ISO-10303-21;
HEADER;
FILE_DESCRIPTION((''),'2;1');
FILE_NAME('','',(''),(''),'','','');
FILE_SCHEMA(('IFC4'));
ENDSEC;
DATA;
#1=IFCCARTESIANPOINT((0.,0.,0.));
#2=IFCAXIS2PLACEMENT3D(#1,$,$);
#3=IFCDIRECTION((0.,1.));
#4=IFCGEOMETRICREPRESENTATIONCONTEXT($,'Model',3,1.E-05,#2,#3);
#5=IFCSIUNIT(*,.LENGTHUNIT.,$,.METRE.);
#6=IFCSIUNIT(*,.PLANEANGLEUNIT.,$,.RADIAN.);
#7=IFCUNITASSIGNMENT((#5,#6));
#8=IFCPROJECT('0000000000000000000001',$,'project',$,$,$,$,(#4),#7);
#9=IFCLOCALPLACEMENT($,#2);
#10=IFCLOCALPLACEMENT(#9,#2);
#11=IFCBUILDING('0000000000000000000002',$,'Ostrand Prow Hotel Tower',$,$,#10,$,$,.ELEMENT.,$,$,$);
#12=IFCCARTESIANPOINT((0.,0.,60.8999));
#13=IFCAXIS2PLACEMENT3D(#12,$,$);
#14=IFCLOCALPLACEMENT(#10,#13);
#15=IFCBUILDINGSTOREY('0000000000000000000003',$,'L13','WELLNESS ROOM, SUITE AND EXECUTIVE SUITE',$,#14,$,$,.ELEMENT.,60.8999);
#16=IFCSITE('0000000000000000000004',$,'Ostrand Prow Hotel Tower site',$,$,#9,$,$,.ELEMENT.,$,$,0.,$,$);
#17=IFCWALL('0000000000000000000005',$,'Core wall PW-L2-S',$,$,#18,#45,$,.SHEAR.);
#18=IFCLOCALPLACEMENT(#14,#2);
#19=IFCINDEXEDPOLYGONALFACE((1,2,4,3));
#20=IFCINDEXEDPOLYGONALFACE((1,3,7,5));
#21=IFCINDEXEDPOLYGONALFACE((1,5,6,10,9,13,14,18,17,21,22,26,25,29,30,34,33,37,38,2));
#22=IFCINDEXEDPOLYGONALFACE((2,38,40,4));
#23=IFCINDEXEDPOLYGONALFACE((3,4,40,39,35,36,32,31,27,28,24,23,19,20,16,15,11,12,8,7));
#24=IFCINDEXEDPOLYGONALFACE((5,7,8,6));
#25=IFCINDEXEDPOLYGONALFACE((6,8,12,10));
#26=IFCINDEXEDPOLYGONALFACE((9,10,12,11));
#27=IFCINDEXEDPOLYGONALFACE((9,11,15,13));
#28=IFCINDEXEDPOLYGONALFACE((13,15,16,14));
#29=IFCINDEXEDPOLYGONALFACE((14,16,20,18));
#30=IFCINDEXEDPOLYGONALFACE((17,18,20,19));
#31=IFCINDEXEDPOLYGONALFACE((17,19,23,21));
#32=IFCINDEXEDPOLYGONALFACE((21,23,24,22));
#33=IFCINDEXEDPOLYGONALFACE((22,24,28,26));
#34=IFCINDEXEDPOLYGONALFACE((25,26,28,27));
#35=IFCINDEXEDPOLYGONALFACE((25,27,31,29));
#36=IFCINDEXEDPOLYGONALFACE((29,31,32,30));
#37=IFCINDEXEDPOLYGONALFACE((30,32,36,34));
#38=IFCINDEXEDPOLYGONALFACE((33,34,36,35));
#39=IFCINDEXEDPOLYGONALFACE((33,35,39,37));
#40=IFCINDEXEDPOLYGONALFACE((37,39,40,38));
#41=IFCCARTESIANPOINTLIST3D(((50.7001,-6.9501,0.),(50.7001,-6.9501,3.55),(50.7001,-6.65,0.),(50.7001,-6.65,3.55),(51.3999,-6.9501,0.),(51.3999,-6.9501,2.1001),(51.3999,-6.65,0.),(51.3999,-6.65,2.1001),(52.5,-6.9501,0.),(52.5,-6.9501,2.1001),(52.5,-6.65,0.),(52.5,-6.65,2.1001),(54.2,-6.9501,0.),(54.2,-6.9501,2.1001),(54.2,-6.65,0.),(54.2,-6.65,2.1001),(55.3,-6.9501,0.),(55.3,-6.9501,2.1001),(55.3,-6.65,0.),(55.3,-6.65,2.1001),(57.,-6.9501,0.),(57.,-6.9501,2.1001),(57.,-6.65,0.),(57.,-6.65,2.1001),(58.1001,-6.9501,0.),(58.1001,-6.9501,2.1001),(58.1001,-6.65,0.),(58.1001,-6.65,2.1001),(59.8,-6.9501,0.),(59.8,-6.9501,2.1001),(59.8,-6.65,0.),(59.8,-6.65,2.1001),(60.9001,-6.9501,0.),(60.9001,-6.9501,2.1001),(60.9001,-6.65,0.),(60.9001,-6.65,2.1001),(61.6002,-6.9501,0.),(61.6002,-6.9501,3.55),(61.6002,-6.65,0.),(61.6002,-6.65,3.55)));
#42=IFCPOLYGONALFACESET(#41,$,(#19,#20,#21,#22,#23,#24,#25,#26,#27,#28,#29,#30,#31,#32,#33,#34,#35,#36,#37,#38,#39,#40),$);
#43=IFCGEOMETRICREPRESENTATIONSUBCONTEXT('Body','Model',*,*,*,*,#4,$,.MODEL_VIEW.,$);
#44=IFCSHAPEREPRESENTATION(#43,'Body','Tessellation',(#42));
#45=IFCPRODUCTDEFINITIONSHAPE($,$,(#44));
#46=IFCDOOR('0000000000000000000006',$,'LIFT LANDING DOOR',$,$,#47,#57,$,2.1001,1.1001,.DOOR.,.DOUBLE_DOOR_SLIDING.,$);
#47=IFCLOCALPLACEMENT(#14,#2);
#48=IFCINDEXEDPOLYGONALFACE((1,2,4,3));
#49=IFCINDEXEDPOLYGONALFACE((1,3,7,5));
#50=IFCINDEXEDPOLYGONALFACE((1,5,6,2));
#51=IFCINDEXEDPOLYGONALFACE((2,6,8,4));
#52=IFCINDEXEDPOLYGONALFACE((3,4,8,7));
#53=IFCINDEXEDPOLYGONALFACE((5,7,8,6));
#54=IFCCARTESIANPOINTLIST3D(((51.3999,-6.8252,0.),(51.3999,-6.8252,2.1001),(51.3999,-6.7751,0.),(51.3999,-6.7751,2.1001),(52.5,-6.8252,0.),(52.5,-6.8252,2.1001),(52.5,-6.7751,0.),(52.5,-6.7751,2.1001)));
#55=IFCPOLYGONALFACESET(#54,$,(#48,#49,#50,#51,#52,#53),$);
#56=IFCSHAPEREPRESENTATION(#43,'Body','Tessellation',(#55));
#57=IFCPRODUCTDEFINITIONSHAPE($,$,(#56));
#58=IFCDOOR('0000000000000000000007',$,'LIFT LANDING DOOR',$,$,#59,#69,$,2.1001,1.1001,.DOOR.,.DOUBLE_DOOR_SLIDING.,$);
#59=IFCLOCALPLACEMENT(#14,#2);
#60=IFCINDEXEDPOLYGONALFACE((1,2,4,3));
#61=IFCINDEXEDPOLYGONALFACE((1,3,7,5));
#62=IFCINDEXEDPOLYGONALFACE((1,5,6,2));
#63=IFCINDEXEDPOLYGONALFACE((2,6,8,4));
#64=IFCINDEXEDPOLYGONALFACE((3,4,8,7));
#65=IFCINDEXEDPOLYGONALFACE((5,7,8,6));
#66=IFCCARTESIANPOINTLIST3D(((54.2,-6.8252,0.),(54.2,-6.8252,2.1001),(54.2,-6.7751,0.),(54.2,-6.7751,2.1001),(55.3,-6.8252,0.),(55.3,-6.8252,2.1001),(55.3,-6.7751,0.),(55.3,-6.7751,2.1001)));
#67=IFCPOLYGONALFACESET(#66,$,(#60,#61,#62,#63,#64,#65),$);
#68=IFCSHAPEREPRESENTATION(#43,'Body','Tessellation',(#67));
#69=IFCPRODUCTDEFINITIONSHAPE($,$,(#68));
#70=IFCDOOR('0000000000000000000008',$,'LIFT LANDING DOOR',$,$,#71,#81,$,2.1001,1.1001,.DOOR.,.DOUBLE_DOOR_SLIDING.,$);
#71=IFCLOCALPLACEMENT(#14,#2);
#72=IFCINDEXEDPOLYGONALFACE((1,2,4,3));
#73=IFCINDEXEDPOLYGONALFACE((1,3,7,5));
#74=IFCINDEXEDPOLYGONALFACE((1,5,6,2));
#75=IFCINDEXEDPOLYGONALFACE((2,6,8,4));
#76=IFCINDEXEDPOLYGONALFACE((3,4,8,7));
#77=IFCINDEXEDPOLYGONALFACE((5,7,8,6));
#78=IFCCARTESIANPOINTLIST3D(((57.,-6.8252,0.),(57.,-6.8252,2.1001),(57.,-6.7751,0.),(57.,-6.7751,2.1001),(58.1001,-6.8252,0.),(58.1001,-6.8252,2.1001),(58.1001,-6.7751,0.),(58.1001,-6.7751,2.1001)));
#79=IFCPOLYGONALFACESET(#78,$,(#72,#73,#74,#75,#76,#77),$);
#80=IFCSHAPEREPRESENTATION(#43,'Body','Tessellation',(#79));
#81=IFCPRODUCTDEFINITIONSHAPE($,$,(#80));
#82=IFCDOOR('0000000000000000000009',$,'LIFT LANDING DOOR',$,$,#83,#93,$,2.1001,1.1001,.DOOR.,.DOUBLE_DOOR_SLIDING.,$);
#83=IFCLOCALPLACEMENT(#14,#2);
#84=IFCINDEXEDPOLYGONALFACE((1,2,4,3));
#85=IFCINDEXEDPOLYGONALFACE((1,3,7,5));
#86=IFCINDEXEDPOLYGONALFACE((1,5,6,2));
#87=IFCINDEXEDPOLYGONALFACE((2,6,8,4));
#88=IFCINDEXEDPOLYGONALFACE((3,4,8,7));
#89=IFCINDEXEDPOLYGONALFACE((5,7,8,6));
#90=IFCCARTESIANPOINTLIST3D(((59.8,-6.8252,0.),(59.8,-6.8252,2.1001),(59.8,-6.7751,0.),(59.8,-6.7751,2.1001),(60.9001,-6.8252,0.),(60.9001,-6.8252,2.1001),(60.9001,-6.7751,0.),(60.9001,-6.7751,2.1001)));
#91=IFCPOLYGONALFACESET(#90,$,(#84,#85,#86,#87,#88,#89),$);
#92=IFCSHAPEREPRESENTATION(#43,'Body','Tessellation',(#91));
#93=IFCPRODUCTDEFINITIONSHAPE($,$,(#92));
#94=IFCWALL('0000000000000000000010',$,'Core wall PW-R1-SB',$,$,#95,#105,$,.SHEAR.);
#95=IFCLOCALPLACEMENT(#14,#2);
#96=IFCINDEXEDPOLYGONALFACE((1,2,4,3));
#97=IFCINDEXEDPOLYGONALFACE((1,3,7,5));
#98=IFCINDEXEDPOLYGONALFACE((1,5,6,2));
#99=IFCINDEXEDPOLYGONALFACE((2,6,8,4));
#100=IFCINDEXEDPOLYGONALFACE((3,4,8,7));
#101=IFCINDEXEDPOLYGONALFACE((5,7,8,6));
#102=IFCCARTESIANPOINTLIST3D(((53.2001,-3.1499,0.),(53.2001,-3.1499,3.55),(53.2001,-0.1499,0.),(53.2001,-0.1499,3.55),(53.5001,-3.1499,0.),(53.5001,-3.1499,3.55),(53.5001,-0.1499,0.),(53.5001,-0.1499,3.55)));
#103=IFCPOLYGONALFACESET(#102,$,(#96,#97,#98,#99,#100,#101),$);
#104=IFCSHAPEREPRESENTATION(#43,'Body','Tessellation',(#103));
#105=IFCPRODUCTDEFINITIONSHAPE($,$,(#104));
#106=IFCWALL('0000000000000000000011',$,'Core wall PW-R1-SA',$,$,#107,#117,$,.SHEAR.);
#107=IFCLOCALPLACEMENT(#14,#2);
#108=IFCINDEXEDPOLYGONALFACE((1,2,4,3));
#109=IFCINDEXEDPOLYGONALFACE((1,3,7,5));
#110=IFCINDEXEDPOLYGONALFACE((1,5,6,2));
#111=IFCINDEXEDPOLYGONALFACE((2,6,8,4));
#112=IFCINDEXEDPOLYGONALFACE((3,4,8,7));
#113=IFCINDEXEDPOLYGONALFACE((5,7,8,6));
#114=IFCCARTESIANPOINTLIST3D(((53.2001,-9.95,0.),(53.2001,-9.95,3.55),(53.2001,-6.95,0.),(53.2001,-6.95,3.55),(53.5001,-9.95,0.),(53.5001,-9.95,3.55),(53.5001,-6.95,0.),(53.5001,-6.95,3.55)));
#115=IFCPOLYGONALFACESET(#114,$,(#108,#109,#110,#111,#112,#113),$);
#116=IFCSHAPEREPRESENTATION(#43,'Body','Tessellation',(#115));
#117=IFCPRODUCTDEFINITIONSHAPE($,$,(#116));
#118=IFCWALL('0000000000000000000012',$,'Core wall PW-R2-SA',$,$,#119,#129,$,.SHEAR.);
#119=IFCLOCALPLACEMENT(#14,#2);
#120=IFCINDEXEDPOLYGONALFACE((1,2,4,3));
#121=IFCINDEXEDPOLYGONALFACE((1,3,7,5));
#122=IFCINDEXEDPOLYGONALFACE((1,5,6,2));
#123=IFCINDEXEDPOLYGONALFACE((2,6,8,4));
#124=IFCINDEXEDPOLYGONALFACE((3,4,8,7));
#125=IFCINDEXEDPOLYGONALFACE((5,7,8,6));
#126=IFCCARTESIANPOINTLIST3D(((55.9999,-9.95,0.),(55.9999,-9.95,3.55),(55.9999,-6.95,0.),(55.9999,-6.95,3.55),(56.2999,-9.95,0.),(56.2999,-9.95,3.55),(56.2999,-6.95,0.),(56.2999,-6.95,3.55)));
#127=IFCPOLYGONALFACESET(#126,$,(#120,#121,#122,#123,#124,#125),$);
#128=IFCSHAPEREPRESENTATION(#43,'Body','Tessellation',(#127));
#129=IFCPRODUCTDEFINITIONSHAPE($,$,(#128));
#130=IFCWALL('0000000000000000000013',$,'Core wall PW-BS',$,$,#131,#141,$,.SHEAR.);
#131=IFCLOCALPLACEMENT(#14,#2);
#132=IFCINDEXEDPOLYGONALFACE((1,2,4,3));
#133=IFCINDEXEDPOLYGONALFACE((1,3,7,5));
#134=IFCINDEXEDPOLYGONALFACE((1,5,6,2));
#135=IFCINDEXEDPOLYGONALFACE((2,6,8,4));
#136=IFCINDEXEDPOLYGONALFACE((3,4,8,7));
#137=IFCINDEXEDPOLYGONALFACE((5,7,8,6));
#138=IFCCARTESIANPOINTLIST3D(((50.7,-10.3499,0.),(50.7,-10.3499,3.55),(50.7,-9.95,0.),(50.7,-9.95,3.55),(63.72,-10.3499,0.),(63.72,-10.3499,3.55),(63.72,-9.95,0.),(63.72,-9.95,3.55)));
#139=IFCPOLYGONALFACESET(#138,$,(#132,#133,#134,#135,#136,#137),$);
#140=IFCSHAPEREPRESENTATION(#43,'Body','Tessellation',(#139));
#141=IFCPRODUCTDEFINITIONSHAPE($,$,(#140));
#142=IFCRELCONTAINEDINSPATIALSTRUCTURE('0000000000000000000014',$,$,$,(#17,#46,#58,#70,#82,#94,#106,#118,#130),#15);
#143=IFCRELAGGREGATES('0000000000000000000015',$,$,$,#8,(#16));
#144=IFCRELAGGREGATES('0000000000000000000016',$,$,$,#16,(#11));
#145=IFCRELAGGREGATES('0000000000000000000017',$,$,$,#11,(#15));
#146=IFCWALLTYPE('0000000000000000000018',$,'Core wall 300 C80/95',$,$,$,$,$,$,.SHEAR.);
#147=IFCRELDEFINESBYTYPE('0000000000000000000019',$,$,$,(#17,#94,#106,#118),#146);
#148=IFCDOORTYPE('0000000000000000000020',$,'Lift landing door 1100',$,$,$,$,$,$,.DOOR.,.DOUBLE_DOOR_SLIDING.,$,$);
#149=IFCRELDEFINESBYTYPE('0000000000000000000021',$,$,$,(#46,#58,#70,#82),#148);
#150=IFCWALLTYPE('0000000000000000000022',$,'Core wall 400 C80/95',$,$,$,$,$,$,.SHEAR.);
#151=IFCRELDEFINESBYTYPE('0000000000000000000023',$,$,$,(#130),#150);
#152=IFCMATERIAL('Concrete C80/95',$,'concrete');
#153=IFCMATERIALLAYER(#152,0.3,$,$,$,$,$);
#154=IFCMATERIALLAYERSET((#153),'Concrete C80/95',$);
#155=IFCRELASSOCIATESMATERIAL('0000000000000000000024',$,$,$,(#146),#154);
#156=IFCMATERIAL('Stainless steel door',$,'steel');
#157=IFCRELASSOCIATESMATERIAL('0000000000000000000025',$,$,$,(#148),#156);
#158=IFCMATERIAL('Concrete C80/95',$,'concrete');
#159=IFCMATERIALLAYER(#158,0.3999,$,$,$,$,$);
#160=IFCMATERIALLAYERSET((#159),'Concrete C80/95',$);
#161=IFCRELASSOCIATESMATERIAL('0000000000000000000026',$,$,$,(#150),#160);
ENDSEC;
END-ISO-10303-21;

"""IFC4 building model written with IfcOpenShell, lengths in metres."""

from ifc_helpers import new_model, si_unit, direction, frame, frame_2d, origin, place, context, subcontext, project, spatial, rectangle, extrude, material, layer, layer_set, type_object, element, fill, save


model = new_model("IFC4")

# Units and contexts
model_context = context("Model", 3, precision=1e-05, world=origin(), true_north=direction((0.0, 1.0)))
body_context = subcontext(model_context, "Body", "Model", "MODEL_VIEW")
ifc_project = project(units=[si_unit("LENGTHUNIT", "METRE"), si_unit("PLANEANGLEUNIT", "RADIAN")], contexts=[model_context])

# Site, building, storey
site_placement = place(None, origin())
site = spatial("IfcSite", under=ifc_project, at=site_placement, Name="Ostrand Prow Hotel Tower site", CompositionType="ELEMENT", RefElevation=0.0)
building_placement = place(site_placement, origin())
building = spatial("IfcBuilding", under=site, at=building_placement, Name="Ostrand Prow Hotel Tower", CompositionType="ELEMENT")
storey_placement = place(building_placement, frame((0.0, 0.0, 60.8999)))
storey = spatial("IfcBuildingStorey", under=building, at=storey_placement, Name="L13", Description="WELLNESS ROOM, SUITE AND EXECUTIVE SUITE", CompositionType="ELEMENT", Elevation=60.8999)

# Shared definitions
ifc_material_1 = material(Name="Concrete C80/95", Category="concrete")
ifc_layer_1 = layer(ifc_material_1, 0.3)
ifc_layer_set_1 = layer_set([ifc_layer_1], Name="Concrete C80/95")
wall_type_1 = type_object("IfcWallType", Name="Core wall 300 C80/95", PredefinedType="SHEAR", material=ifc_layer_set_1)

# Wall, openings, doors
wall_1_placement = place(storey_placement, frame((50.7, -6.8, 0.0), z_axis=(0.0, 0.0, 1.0), x_axis=(1.0, 0.0, 0.0)))
wall_1 = element("IfcWall", 1, at=wall_1_placement, inside=storey, type_object=wall_type_1, Name="Core wall PW-L2-S", PredefinedType="SHEAR", context=body_context, shape_type="SweptSolid", body=[
    extrude(rectangle(XDim=10.9001, YDim=0.3, at=frame_2d((5.4502, 0.0))), origin(), (0.0, 0.0, 1.0), 3.55),
])
opening_1_placement = place(wall_1_placement, frame((0.7, 0.0, 0.0)))
opening_1 = element("IfcOpeningElement", 2, at=opening_1_placement, cuts=wall_1, PredefinedType="OPENING", context=body_context, shape_type="SweptSolid", body=[
    extrude(rectangle(XDim=1.1001, YDim=2.1001, at=frame_2d((0.55, 1.05))), frame((0.0, 0.1599, 0.0), z_axis=(0.0, -1.0, 0.0), x_axis=(1.0, 0.0, 0.0)), (0.0, 0.0, 1.0), 0.3201),
])
opening_2_placement = place(wall_1_placement, frame((3.5, 0.0, 0.0)))
opening_2 = element("IfcOpeningElement", 3, at=opening_2_placement, cuts=wall_1, PredefinedType="OPENING", context=body_context, shape_type="SweptSolid", body=[
    extrude(rectangle(XDim=1.1001, YDim=2.1001, at=frame_2d((0.55, 1.05))), frame((0.0, 0.1599, 0.0), z_axis=(0.0, -1.0, 0.0), x_axis=(1.0, 0.0, 0.0)), (0.0, 0.0, 1.0), 0.3201),
])
opening_3_placement = place(wall_1_placement, frame((6.3, 0.0, 0.0)))
opening_3 = element("IfcOpeningElement", 4, at=opening_3_placement, cuts=wall_1, PredefinedType="OPENING", context=body_context, shape_type="SweptSolid", body=[
    extrude(rectangle(XDim=1.1001, YDim=2.1001, at=frame_2d((0.55, 1.05))), frame((0.0, 0.1599, 0.0), z_axis=(0.0, -1.0, 0.0), x_axis=(1.0, 0.0, 0.0)), (0.0, 0.0, 1.0), 0.3201),
])
opening_4_placement = place(wall_1_placement, frame((9.1001, 0.0, 0.0)))
opening_4 = element("IfcOpeningElement", 5, at=opening_4_placement, cuts=wall_1, PredefinedType="OPENING", context=body_context, shape_type="SweptSolid", body=[
    extrude(rectangle(XDim=1.1001, YDim=2.1001, at=frame_2d((0.55, 1.05))), frame((0.0, 0.1599, 0.0), z_axis=(0.0, -1.0, 0.0), x_axis=(1.0, 0.0, 0.0)), (0.0, 0.0, 1.0), 0.3201),
])
ifc_material_2 = material(Name="Stainless steel door", Category="steel")
door_type_1 = type_object("IfcDoorType", Name="Lift landing door 1100", OperationType="DOUBLE_DOOR_SLIDING", PredefinedType="DOOR", material=ifc_material_2)
door_1_placement = place(opening_1_placement, origin())
door_1 = element("IfcDoor", 6, at=door_1_placement, inside=storey, type_object=door_type_1, Name="LIFT LANDING DOOR", OperationType="DOUBLE_DOOR_SLIDING", OverallHeight=2.1001, OverallWidth=1.1001, PredefinedType="DOOR", context=body_context, shape_type="SweptSolid", body=[
    extrude(rectangle(XDim=1.1001, YDim=2.1001, at=frame_2d((0.55, 1.05))), frame((0.0, 0.0249, 0.0), z_axis=(0.0, -1.0, 0.0), x_axis=(1.0, 0.0, 0.0)), (0.0, 0.0, 1.0), 0.05),
])
fill(opening_1, door_1)
door_2_placement = place(opening_2_placement, origin())
door_2 = element("IfcDoor", 7, at=door_2_placement, inside=storey, type_object=door_type_1, Name="LIFT LANDING DOOR", OperationType="DOUBLE_DOOR_SLIDING", OverallHeight=2.1001, OverallWidth=1.1001, PredefinedType="DOOR", context=body_context, shape_type="SweptSolid", body=[
    extrude(rectangle(XDim=1.1001, YDim=2.1001, at=frame_2d((0.55, 1.05))), frame((0.0, 0.0249, 0.0), z_axis=(0.0, -1.0, 0.0), x_axis=(1.0, 0.0, 0.0)), (0.0, 0.0, 1.0), 0.05),
])
fill(opening_2, door_2)
door_3_placement = place(opening_3_placement, origin())
door_3 = element("IfcDoor", 8, at=door_3_placement, inside=storey, type_object=door_type_1, Name="LIFT LANDING DOOR", OperationType="DOUBLE_DOOR_SLIDING", OverallHeight=2.1001, OverallWidth=1.1001, PredefinedType="DOOR", context=body_context, shape_type="SweptSolid", body=[
    extrude(rectangle(XDim=1.1001, YDim=2.1001, at=frame_2d((0.55, 1.05))), frame((0.0, 0.0249, 0.0), z_axis=(0.0, -1.0, 0.0), x_axis=(1.0, 0.0, 0.0)), (0.0, 0.0, 1.0), 0.05),
])
fill(opening_3, door_3)
door_4_placement = place(opening_4_placement, origin())
door_4 = element("IfcDoor", 9, at=door_4_placement, inside=storey, type_object=door_type_1, Name="LIFT LANDING DOOR", OperationType="DOUBLE_DOOR_SLIDING", OverallHeight=2.1001, OverallWidth=1.1001, PredefinedType="DOOR", context=body_context, shape_type="SweptSolid", body=[
    extrude(rectangle(XDim=1.1001, YDim=2.1001, at=frame_2d((0.55, 1.05))), frame((0.0, 0.0249, 0.0), z_axis=(0.0, -1.0, 0.0), x_axis=(1.0, 0.0, 0.0)), (0.0, 0.0, 1.0), 0.05),
])
fill(opening_4, door_4)

# Walls
for number, where, z_axis, x_axis, name in (
    (10, (53.3501, -3.1499, 0.0), (0.0, 0.0, 1.0), (0.0, 1.0, 0.0), "Core wall PW-R1-SB"),
    (11, (53.3501, -9.95, 0.0), (0.0, 0.0, 1.0), (0.0, 1.0, 0.0), "Core wall PW-R1-SA"),
    (12, (56.1499, -9.95, 0.0), (0.0, 0.0, 1.0), (0.0, 1.0, 0.0), "Core wall PW-R2-SA"),
):
    element("IfcWall", number, at=place(storey_placement, frame(where, z_axis=z_axis, x_axis=x_axis)), inside=storey, type_object=wall_type_1, Name=name, PredefinedType="SHEAR", context=body_context, shape_type="SweptSolid", body=[
        extrude(rectangle(XDim=3.0, YDim=0.3, at=frame_2d((1.5, 0.0))), origin(), (0.0, 0.0, 1.0), 3.55),
    ])
ifc_material_3 = material(Name="Concrete C80/95", Category="concrete")
ifc_layer_2 = layer(ifc_material_3, 0.3999)
ifc_layer_set_2 = layer_set([ifc_layer_2], Name="Concrete C80/95")
wall_type_2 = type_object("IfcWallType", Name="Core wall 400 C80/95", PredefinedType="SHEAR", material=ifc_layer_set_2)
wall_2_placement = place(storey_placement, frame((50.7, -10.1499, 0.0), z_axis=(0.0, 0.0, 1.0), x_axis=(1.0, 0.0, 0.0)))
element("IfcWall", 13, at=wall_2_placement, inside=storey, type_object=wall_type_2, Name="Core wall PW-BS", PredefinedType="SHEAR", context=body_context, shape_type="SweptSolid", body=[
    extrude(rectangle(XDim=13.02, YDim=0.3999, at=frame_2d((6.51, 0.0))), origin(), (0.0, 0.0, 1.0), 3.55),
])

save(model, "model.ifc")
